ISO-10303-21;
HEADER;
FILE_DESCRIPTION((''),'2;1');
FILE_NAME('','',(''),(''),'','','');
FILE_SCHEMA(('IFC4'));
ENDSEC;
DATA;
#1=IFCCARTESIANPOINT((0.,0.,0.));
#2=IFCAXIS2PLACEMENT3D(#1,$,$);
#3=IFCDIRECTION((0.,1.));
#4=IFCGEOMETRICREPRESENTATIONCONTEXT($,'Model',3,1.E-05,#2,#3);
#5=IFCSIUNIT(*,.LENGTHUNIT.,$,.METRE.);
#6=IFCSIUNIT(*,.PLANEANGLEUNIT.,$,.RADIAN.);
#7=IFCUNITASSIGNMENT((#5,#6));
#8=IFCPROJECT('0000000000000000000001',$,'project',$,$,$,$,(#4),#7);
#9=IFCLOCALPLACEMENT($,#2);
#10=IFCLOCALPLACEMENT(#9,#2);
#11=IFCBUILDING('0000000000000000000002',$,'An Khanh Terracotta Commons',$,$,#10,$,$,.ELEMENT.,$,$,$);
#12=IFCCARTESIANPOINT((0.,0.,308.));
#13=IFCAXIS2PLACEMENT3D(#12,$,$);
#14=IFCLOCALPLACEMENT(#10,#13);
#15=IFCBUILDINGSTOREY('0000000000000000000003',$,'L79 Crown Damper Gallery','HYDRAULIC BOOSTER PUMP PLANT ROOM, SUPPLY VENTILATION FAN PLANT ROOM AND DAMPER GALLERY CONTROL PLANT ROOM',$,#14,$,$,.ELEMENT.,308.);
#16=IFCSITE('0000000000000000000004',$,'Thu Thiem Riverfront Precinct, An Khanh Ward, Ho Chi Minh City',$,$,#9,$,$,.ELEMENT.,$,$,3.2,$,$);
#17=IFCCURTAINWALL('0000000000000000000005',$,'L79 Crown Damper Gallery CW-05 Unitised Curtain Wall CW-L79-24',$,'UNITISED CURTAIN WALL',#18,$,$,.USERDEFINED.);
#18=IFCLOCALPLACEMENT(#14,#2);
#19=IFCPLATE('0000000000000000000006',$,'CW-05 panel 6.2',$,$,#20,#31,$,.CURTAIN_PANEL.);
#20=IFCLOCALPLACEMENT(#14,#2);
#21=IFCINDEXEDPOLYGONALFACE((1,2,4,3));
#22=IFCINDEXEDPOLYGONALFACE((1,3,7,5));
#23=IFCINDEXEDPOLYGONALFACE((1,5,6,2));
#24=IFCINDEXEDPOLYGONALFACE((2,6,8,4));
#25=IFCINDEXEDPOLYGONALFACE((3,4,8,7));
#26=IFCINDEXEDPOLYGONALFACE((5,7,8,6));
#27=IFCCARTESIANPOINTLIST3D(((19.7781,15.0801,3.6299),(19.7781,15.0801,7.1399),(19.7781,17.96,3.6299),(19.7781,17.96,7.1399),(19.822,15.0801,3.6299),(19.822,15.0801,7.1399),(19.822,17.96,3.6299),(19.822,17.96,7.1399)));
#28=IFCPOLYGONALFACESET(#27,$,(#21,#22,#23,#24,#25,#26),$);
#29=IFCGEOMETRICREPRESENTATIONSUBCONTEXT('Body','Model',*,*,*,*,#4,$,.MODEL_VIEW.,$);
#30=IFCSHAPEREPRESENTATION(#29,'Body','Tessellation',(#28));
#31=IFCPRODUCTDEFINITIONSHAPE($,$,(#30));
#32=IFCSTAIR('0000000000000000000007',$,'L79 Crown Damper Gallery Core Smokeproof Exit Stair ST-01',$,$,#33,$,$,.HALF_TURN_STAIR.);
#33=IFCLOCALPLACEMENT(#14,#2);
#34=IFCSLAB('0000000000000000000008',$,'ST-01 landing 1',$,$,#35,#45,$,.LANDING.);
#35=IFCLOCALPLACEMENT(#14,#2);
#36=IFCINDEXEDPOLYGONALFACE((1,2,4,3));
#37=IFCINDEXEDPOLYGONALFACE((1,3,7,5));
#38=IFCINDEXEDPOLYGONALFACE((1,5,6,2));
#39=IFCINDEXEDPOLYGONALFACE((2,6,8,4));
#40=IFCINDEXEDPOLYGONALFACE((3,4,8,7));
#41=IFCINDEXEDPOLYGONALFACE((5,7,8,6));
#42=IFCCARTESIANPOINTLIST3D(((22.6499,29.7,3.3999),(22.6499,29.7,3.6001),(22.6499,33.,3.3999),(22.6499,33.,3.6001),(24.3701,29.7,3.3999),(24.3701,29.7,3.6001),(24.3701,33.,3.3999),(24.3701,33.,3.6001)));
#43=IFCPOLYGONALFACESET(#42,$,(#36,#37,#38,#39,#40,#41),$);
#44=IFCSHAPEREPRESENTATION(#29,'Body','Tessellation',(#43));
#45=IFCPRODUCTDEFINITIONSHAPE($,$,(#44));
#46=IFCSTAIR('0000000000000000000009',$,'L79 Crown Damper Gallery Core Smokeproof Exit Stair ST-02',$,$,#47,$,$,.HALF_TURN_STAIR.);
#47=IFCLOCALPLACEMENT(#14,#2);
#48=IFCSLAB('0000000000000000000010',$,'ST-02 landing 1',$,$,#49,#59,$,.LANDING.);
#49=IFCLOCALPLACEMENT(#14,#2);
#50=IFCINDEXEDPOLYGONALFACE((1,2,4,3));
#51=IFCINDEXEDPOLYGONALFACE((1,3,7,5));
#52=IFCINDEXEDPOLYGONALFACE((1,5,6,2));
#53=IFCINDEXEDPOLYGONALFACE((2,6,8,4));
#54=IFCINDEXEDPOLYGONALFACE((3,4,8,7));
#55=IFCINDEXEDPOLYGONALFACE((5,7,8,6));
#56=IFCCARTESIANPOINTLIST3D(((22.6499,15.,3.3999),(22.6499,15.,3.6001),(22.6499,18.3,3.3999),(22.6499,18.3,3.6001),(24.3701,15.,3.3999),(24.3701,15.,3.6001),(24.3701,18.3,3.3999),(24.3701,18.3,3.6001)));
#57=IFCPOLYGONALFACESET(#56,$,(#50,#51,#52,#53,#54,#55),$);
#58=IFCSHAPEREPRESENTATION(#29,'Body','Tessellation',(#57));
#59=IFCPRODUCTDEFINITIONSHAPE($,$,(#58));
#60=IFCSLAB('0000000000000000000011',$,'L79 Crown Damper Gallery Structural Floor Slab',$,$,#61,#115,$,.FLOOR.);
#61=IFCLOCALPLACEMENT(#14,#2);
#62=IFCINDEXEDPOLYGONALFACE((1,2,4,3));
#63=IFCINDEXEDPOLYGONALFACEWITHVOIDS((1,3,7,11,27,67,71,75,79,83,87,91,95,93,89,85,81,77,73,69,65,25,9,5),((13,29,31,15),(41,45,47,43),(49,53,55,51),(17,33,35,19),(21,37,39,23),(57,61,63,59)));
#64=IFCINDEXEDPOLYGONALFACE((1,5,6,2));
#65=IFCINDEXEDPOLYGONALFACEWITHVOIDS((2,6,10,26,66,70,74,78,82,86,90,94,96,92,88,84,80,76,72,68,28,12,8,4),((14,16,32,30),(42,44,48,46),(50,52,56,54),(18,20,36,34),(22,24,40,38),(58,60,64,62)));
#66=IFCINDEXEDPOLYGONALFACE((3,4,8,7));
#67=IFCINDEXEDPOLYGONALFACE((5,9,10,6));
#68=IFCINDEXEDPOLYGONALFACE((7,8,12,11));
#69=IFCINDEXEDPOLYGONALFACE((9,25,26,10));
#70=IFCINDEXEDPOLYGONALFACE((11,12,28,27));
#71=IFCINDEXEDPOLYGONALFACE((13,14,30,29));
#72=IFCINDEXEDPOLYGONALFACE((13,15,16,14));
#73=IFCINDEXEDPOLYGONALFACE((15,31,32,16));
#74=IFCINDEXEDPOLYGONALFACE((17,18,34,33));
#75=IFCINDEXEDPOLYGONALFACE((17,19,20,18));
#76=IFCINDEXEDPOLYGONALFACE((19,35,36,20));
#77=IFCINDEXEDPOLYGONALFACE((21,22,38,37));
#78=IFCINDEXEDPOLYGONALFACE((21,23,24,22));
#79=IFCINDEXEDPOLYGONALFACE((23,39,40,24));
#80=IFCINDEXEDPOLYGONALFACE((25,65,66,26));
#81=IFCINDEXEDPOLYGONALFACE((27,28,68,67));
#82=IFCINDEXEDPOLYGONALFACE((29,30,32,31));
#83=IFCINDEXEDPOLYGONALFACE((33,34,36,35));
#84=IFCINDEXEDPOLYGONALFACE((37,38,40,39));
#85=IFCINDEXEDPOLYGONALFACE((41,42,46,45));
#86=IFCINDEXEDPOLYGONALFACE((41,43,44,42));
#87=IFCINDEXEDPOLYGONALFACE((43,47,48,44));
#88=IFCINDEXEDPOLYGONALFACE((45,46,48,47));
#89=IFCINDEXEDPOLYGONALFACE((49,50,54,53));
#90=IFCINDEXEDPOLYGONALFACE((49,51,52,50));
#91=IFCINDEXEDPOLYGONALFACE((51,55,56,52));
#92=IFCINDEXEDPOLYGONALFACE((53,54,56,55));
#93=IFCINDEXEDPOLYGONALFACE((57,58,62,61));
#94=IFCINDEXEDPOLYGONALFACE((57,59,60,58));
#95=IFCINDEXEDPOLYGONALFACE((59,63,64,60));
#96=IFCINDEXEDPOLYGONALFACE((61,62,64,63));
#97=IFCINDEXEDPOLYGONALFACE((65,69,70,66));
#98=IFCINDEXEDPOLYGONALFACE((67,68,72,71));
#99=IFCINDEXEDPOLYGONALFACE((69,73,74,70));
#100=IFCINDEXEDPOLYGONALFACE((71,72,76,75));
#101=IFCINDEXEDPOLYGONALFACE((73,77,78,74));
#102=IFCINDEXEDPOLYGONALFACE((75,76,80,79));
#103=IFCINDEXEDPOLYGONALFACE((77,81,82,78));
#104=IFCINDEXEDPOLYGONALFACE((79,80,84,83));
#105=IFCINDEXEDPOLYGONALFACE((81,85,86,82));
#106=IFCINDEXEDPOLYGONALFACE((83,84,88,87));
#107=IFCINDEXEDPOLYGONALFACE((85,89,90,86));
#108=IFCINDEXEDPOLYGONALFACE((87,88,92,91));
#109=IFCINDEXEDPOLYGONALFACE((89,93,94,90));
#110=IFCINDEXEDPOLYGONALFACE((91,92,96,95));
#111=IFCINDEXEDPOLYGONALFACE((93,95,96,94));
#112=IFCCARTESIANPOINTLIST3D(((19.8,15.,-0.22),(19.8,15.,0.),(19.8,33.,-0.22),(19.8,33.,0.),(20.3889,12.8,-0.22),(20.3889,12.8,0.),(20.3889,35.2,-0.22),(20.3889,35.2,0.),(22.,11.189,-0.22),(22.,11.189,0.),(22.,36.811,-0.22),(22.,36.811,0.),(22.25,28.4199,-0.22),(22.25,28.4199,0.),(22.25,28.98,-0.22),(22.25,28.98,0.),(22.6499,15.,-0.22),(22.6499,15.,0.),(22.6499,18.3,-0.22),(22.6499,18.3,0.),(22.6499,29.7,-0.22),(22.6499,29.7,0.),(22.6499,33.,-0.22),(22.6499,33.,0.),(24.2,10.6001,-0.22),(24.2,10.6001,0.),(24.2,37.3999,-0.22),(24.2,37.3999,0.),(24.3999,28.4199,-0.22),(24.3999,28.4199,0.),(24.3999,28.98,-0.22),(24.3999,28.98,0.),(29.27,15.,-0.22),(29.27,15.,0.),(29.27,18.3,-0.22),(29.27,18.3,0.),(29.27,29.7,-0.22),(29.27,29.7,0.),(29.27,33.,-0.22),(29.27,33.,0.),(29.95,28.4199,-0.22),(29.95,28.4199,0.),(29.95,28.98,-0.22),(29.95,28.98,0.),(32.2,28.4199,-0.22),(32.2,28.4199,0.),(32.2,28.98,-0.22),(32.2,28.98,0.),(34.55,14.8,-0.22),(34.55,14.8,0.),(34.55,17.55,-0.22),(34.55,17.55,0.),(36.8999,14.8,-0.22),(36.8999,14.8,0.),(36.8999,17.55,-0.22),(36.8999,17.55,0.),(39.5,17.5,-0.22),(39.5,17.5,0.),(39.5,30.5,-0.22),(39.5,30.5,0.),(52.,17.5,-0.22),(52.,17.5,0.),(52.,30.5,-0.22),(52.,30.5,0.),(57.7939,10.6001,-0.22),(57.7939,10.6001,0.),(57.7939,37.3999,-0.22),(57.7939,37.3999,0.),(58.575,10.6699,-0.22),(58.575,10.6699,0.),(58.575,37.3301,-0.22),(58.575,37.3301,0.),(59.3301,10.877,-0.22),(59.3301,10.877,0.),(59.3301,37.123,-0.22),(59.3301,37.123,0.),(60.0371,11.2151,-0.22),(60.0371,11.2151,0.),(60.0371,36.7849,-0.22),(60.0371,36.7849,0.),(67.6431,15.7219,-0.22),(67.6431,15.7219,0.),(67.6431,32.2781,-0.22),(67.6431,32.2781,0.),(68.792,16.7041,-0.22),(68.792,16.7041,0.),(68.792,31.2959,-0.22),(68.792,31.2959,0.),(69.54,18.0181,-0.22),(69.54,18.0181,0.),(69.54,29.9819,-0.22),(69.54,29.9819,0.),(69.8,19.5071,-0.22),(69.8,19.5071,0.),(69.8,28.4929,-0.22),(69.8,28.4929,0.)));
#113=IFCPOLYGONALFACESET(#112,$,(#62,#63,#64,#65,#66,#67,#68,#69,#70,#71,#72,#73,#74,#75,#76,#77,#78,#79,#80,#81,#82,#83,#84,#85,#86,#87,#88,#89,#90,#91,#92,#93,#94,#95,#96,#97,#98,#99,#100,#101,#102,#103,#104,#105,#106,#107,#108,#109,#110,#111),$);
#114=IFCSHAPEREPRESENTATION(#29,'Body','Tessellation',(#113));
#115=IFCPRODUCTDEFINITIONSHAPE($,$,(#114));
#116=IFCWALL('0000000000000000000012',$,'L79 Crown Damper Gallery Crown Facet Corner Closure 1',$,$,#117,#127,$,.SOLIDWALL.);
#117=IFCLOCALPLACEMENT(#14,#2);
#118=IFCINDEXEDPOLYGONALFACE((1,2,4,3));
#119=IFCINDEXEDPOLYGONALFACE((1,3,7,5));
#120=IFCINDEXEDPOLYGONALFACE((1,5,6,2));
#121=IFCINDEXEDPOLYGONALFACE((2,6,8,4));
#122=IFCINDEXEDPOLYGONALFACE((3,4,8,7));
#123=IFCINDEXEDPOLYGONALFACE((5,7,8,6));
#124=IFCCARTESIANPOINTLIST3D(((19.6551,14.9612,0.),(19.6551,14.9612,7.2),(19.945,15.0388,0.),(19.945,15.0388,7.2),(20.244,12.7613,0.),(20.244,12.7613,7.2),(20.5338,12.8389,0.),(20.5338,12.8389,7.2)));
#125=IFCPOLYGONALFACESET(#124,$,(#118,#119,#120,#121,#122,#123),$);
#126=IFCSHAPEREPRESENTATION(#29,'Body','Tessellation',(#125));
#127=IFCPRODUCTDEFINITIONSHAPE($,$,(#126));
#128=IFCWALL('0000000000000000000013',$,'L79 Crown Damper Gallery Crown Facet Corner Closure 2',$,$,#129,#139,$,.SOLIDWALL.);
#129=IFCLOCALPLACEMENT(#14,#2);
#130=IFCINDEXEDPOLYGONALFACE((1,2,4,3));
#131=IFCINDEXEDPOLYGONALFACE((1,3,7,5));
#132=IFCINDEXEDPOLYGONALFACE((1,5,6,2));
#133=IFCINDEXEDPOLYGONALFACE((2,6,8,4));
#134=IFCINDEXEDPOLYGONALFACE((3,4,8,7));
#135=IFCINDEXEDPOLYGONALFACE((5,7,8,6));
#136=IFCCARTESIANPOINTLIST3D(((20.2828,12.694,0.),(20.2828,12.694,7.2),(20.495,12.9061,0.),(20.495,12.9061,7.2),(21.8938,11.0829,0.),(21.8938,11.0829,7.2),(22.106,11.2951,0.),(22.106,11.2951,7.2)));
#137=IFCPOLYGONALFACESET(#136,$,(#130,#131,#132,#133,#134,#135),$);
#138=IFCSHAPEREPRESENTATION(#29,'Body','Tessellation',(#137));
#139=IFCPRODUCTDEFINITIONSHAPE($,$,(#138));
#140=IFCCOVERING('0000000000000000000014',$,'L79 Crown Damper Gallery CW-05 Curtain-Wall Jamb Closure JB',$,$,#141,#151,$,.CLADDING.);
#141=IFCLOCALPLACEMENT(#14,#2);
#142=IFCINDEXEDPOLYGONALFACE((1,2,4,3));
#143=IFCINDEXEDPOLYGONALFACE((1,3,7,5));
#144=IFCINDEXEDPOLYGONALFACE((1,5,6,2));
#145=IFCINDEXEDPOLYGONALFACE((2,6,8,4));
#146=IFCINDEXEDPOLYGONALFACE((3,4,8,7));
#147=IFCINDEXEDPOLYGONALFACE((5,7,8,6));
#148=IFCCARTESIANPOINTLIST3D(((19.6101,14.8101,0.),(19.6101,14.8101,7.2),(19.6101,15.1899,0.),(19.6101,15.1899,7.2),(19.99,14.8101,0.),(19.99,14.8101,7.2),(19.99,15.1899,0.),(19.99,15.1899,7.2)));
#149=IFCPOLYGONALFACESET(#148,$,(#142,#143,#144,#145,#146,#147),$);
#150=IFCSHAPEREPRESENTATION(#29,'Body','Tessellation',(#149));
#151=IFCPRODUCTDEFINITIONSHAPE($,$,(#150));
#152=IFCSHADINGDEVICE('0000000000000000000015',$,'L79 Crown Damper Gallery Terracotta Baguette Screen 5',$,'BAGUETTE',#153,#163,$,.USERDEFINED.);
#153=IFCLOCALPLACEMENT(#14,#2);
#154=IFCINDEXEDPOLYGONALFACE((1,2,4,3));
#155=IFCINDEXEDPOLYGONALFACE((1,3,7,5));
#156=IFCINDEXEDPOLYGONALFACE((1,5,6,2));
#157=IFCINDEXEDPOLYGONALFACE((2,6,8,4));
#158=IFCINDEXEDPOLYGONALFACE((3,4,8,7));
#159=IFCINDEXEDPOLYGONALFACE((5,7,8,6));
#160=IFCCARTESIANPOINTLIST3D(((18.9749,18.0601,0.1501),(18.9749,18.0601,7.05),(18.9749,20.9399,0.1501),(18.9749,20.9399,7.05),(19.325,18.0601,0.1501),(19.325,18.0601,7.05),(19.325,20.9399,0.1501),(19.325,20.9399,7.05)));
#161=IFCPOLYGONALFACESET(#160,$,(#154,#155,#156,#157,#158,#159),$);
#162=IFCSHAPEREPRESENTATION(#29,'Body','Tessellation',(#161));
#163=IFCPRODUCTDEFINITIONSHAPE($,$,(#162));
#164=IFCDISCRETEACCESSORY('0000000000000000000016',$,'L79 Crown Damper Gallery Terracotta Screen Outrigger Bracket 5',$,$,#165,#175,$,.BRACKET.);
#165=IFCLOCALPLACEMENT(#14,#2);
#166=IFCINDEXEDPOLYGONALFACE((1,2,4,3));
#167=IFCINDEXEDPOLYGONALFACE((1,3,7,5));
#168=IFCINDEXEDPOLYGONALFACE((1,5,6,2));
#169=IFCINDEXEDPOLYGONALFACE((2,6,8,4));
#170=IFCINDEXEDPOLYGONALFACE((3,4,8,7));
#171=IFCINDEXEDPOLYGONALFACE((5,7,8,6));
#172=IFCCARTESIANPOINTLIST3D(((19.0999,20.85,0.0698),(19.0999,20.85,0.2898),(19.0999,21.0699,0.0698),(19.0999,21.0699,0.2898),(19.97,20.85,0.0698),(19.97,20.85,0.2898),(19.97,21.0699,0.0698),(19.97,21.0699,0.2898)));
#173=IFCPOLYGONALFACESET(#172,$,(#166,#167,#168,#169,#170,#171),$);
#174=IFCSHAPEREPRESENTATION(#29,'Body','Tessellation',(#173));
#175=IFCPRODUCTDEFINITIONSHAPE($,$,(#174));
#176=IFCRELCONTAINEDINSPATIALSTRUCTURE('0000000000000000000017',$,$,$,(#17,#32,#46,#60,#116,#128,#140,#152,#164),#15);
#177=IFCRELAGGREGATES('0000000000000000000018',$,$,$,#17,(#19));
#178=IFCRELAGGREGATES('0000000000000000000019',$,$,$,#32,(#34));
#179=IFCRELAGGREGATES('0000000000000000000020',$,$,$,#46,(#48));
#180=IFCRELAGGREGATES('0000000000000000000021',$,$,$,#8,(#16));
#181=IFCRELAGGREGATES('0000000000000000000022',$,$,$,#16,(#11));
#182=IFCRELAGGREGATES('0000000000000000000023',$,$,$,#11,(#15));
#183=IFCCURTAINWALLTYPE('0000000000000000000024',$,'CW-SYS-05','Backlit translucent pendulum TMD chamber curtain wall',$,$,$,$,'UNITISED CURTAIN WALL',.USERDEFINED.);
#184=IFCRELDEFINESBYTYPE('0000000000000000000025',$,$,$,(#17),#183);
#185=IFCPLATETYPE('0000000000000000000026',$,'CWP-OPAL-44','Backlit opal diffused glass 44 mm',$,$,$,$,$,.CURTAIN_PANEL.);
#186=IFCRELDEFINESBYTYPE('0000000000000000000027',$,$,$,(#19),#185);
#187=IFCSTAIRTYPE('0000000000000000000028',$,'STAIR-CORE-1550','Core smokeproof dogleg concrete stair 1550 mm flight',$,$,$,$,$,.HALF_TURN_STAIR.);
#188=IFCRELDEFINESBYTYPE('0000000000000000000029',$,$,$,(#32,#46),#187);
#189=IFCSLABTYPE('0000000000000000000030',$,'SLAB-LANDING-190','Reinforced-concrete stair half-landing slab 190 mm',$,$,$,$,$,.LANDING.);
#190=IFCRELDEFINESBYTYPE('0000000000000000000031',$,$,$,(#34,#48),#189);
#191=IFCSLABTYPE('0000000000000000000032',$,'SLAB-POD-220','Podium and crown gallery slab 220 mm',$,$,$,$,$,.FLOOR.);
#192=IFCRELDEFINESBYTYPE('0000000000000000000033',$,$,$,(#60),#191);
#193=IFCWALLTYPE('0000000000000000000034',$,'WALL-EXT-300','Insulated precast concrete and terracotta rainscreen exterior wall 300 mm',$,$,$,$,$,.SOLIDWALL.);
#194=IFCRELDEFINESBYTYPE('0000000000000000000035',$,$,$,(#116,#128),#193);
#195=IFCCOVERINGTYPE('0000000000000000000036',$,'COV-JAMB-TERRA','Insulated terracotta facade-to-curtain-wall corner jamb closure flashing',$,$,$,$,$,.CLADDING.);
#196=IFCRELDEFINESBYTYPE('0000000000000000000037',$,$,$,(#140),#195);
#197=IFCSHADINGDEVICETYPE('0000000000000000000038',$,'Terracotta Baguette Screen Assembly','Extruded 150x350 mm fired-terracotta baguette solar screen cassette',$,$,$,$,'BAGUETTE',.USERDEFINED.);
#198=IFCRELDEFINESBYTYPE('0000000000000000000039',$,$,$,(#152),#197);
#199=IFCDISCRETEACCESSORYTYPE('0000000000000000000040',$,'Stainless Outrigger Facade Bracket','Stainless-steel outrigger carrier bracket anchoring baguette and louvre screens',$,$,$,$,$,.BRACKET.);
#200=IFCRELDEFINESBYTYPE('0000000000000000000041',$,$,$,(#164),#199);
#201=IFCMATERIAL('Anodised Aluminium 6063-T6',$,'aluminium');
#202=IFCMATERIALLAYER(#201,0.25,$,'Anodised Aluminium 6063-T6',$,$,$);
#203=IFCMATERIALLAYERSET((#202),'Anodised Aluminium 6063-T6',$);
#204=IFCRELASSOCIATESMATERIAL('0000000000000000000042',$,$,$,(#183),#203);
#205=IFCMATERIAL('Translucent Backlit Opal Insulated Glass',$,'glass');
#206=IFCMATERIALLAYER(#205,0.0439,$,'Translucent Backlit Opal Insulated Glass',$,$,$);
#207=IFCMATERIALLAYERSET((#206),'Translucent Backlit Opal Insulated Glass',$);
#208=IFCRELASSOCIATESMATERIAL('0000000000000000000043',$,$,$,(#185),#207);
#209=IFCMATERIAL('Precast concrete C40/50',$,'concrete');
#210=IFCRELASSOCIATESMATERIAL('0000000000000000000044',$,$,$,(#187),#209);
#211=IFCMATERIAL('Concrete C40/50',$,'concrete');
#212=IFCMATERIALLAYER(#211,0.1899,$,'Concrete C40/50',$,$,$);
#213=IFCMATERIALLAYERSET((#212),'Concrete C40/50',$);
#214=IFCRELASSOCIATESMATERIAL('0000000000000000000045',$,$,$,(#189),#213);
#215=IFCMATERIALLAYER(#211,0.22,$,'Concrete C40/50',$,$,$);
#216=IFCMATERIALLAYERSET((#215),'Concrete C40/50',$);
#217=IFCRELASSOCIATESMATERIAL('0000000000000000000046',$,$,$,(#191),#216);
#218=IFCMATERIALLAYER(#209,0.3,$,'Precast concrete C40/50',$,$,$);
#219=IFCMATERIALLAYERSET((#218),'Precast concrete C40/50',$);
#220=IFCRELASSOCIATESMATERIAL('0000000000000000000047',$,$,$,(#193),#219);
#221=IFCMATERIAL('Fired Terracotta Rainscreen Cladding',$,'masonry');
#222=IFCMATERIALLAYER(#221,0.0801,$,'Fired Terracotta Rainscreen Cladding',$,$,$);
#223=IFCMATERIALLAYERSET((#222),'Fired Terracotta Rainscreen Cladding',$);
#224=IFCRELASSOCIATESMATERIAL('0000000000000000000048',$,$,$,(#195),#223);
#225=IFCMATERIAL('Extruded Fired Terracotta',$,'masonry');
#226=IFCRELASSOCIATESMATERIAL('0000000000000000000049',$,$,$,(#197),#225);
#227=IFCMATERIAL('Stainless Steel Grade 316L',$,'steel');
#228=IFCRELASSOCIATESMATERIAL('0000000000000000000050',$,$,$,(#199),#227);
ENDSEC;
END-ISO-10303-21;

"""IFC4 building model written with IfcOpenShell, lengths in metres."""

from ifc_helpers import new_model, si_unit, direction, frame, frame_2d, origin, origin_2d, place, context, subcontext, project, spatial, polyline, rectangle, outline, extrude, material, layer, layer_set, type_object, element, aggregate, save


model = new_model("IFC4")

# Units and contexts
model_context = context("Model", 3, precision=1e-05, world=origin(), true_north=direction((0.0, 1.0)))
body_context = subcontext(model_context, "Body", "Model", "MODEL_VIEW")
ifc_project = project(units=[si_unit("LENGTHUNIT", "METRE"), si_unit("PLANEANGLEUNIT", "RADIAN")], contexts=[model_context])

# Site, building, storey
site_placement = place(None, origin())
site = spatial("IfcSite", under=ifc_project, at=site_placement, Name="Thu Thiem Riverfront Precinct, An Khanh Ward, Ho Chi Minh City", CompositionType="ELEMENT", RefElevation=3.2)
building_placement = place(site_placement, origin())
building = spatial("IfcBuilding", under=site, at=building_placement, Name="An Khanh Terracotta Commons", CompositionType="ELEMENT")
storey_placement = place(building_placement, frame((0.0, 0.0, 308.0)))
storey = spatial("IfcBuildingStorey", under=building, at=storey_placement, Name="L79 Crown Damper Gallery", Description="HYDRAULIC BOOSTER PUMP PLANT ROOM, SUPPLY VENTILATION FAN PLANT ROOM AND DAMPER GALLERY CONTROL PLANT ROOM", CompositionType="ELEMENT", Elevation=308.0)

# Curtain wall, plate
ifc_material_1 = material(Name="Anodised Aluminium 6063-T6", Category="aluminium")
ifc_layer_1 = layer(ifc_material_1, 0.25, Name="Anodised Aluminium 6063-T6")
ifc_layer_set_1 = layer_set([ifc_layer_1], Name="Anodised Aluminium 6063-T6")
curtain_wall_type = type_object("IfcCurtainWallType", Name="CW-SYS-05", Description="Backlit translucent pendulum TMD chamber curtain wall", ElementType="UNITISED CURTAIN WALL", PredefinedType="USERDEFINED", material=ifc_layer_set_1)
curtain_wall_placement = place(storey_placement, origin())
curtain_wall = element("IfcCurtainWall", 1, at=curtain_wall_placement, inside=storey, type_object=curtain_wall_type, Name="L79 Crown Damper Gallery CW-05 Unitised Curtain Wall CW-L79-24", ObjectType="UNITISED CURTAIN WALL", PredefinedType="USERDEFINED")
ifc_material_2 = material(Name="Translucent Backlit Opal Insulated Glass", Category="glass")
ifc_layer_2 = layer(ifc_material_2, 0.0439, Name="Translucent Backlit Opal Insulated Glass")
ifc_layer_set_2 = layer_set([ifc_layer_2], Name="Translucent Backlit Opal Insulated Glass")
plate_type = type_object("IfcPlateType", Name="CWP-OPAL-44", Description="Backlit opal diffused glass 44 mm", PredefinedType="CURTAIN_PANEL", material=ifc_layer_set_2)
plate_1_placement = place(storey_placement, frame((19.8, 16.52, 3.6299), z_axis=(0.0, 0.0, 1.0), x_axis=(0.0, -1.0, 0.0)))
plate_1 = element("IfcPlate", 2, at=plate_1_placement, type_object=plate_type, Name="CW-05 panel 6.2", PredefinedType="CURTAIN_PANEL", context=body_context, shape_type="SweptSolid", body=[
    extrude(rectangle(XDim=2.8799, YDim=0.0439, at=origin_2d()), origin(), (0.0, 0.0, 1.0), 3.51),
])
aggregate(curtain_wall, [plate_1])

# Stairs, slabs
ifc_material_3 = material(Name="Precast concrete C40/50", Category="concrete")
stair_type = type_object("IfcStairType", Name="STAIR-CORE-1550", Description="Core smokeproof dogleg concrete stair 1550 mm flight", PredefinedType="HALF_TURN_STAIR", material=ifc_material_3)
stair_1_placement = place(storey_placement, origin())
stair_1 = element("IfcStair", 3, at=stair_1_placement, inside=storey, type_object=stair_type, Name="L79 Crown Damper Gallery Core Smokeproof Exit Stair ST-01", PredefinedType="HALF_TURN_STAIR")
ifc_material_4 = material(Name="Concrete C40/50", Category="concrete")
ifc_layer_3 = layer(ifc_material_4, 0.1899, Name="Concrete C40/50")
ifc_layer_set_3 = layer_set([ifc_layer_3], Name="Concrete C40/50")
slab_type_1 = type_object("IfcSlabType", Name="SLAB-LANDING-190", Description="Reinforced-concrete stair half-landing slab 190 mm", PredefinedType="LANDING", material=ifc_layer_set_3)
slab_1_placement = place(storey_placement, frame((0.0, 0.0, 3.3999)))
slab_1 = element("IfcSlab", 4, at=slab_1_placement, type_object=slab_type_1, Name="ST-01 landing 1", PredefinedType="LANDING", context=body_context, shape_type="SweptSolid", body=[
    extrude(outline(polyline([(24.3701, 33.0), (22.6499, 33.0), (22.6499, 29.7), (24.3701, 29.7), (24.3701, 33.0)])), origin(), (0.0, 0.0, 1.0), 0.2002),
])
aggregate(stair_1, [slab_1])
stair_2_placement = place(storey_placement, origin())
stair_2 = element("IfcStair", 5, at=stair_2_placement, inside=storey, type_object=stair_type, Name="L79 Crown Damper Gallery Core Smokeproof Exit Stair ST-02", PredefinedType="HALF_TURN_STAIR")
slab_2_placement = place(storey_placement, frame((0.0, 0.0, 3.3999)))
slab_2 = element("IfcSlab", 6, at=slab_2_placement, type_object=slab_type_1, Name="ST-02 landing 1", PredefinedType="LANDING", context=body_context, shape_type="SweptSolid", body=[
    extrude(outline(polyline([(24.3701, 18.3), (22.6499, 18.3), (22.6499, 15.0), (24.3701, 15.0), (24.3701, 18.3)])), origin(), (0.0, 0.0, 1.0), 0.2002),
])
aggregate(stair_2, [slab_2])

# Slab
ifc_layer_4 = layer(ifc_material_4, 0.22, Name="Concrete C40/50")
ifc_layer_set_4 = layer_set([ifc_layer_4], Name="Concrete C40/50")
slab_type_2 = type_object("IfcSlabType", Name="SLAB-POD-220", Description="Podium and crown gallery slab 220 mm", PredefinedType="FLOOR", material=ifc_layer_set_4)
slab_3_placement = place(storey_placement, frame((0.0, 0.0, -0.22)))
element("IfcSlab", 7, at=slab_3_placement, inside=storey, type_object=slab_type_2, Name="L79 Crown Damper Gallery Structural Floor Slab", PredefinedType="FLOOR", context=body_context, shape_type="SweptSolid", body=[
    extrude(outline(polyline([(19.8, 15.0), (20.3889, 12.8), (22.0, 11.189), (24.2, 10.6001), (57.7939, 10.6001), (58.575, 10.6699), (59.3301, 10.877), (60.0371, 11.2151), (67.6431, 15.7219), (68.792, 16.7041), (69.54, 18.0181), (69.8, 19.5071), (69.8, 28.4929), (69.54, 29.9819), (68.792, 31.2959), (67.6431, 32.2781), (60.0371, 36.7849), (59.3301, 37.123), (58.575, 37.3301), (57.7939, 37.3999), (24.2, 37.3999), (22.0, 36.811), (20.3889, 35.2), (19.8, 33.0), (19.8, 15.0)]), holes=[polyline([(22.6499, 29.7), (29.27, 29.7), (29.27, 33.0), (22.6499, 33.0), (22.6499, 29.7)]), polyline([(22.6499, 15.0), (29.27, 15.0), (29.27, 18.3), (22.6499, 18.3), (22.6499, 15.0)]), polyline([(34.55, 14.8), (36.8999, 14.8), (36.8999, 17.55), (34.55, 17.55), (34.55, 14.8)]), polyline([(22.25, 28.4199), (24.3999, 28.4199), (24.3999, 28.98), (22.25, 28.98), (22.25, 28.4199)]), polyline([(29.95, 28.4199), (32.2, 28.4199), (32.2, 28.98), (29.95, 28.98), (29.95, 28.4199)]), polyline([(39.5, 17.5), (52.0, 17.5), (52.0, 30.5), (39.5, 30.5), (39.5, 17.5)])]), origin(), (0.0, 0.0, 1.0), 0.22),
])

# Walls
ifc_layer_5 = layer(ifc_material_3, 0.3, Name="Precast concrete C40/50")
ifc_layer_set_5 = layer_set([ifc_layer_5], Name="Precast concrete C40/50")
wall_type = type_object("IfcWallType", Name="WALL-EXT-300", Description="Insulated precast concrete and terracotta rainscreen exterior wall 300 mm", PredefinedType="SOLIDWALL", material=ifc_layer_set_5)
wall_1_placement = place(storey_placement, frame((19.8, 15.0, 0.0), z_axis=(0.0, 0.0, 1.0), x_axis=(0.25857, -0.965993, 0.0)))
element("IfcWall", 8, at=wall_1_placement, inside=storey, type_object=wall_type, Name="L79 Crown Damper Gallery Crown Facet Corner Closure 1", PredefinedType="SOLIDWALL", context=body_context, shape_type="SweptSolid", body=[
    extrude(rectangle(XDim=2.2773, YDim=0.3, at=frame_2d((1.1387, 0.0))), origin(), (0.0, 0.0, 1.0), 7.2),
])
wall_2_placement = place(storey_placement, frame((20.3889, 12.8, 0.0), z_axis=(0.0, 0.0, 1.0), x_axis=(0.707107, -0.707107, 0.0)))
element("IfcWall", 9, at=wall_2_placement, inside=storey, type_object=wall_type, Name="L79 Crown Damper Gallery Crown Facet Corner Closure 2", PredefinedType="SOLIDWALL", context=body_context, shape_type="SweptSolid", body=[
    extrude(rectangle(XDim=2.2783, YDim=0.3, at=frame_2d((1.1392, 0.0))), origin(), (0.0, 0.0, 1.0), 7.2),
])

# Covering
ifc_material_5 = material(Name="Fired Terracotta Rainscreen Cladding", Category="masonry")
ifc_layer_6 = layer(ifc_material_5, 0.0801, Name="Fired Terracotta Rainscreen Cladding")
ifc_layer_set_6 = layer_set([ifc_layer_6], Name="Fired Terracotta Rainscreen Cladding")
covering_type = type_object("IfcCoveringType", Name="COV-JAMB-TERRA", Description="Insulated terracotta facade-to-curtain-wall corner jamb closure flashing", PredefinedType="CLADDING", material=ifc_layer_set_6)
covering_placement = place(storey_placement, frame((19.8, 15.0, 0.0), z_axis=(0.0, 0.0, 1.0), x_axis=(1.0, 0.0, 0.0)))
element("IfcCovering", 10, at=covering_placement, inside=storey, type_object=covering_type, Name="L79 Crown Damper Gallery CW-05 Curtain-Wall Jamb Closure JB", PredefinedType="CLADDING", context=body_context, shape_type="SweptSolid", body=[
    extrude(rectangle(XDim=0.3799, YDim=0.3799, at=origin_2d()), origin(), (0.0, 0.0, 1.0), 7.2),
])

# Shading device
ifc_material_6 = material(Name="Extruded Fired Terracotta", Category="masonry")
shading_device_type = type_object("IfcShadingDeviceType", Name="Terracotta Baguette Screen Assembly", Description="Extruded 150x350 mm fired-terracotta baguette solar screen cassette", ElementType="BAGUETTE", PredefinedType="USERDEFINED", material=ifc_material_6)
shading_device_placement = place(storey_placement, frame((19.1499, 19.5, 0.1501), z_axis=(0.0, 0.0, 1.0), x_axis=(0.0, -1.0, 0.0)))
element("IfcShadingDevice", 11, at=shading_device_placement, inside=storey, type_object=shading_device_type, Name="L79 Crown Damper Gallery Terracotta Baguette Screen 5", ObjectType="BAGUETTE", PredefinedType="USERDEFINED", context=body_context, shape_type="SweptSolid", body=[
    extrude(rectangle(XDim=2.8799, YDim=0.3501, at=origin_2d()), origin(), (0.0, 0.0, 1.0), 6.8999),
])

# Discrete accessory
ifc_material_7 = material(Name="Stainless Steel Grade 316L", Category="steel")
discrete_accessory_type = type_object("IfcDiscreteAccessoryType", Name="Stainless Outrigger Facade Bracket", Description="Stainless-steel outrigger carrier bracket anchoring baguette and louvre screens", PredefinedType="BRACKET", material=ifc_material_7)
discrete_accessory_placement = place(storey_placement, frame((19.5349, 20.96, 0.0698), z_axis=(0.0, 0.0, 1.0), x_axis=(0.0, -1.0, 0.0)))
element("IfcDiscreteAccessory", 12, at=discrete_accessory_placement, inside=storey, type_object=discrete_accessory_type, Name="L79 Crown Damper Gallery Terracotta Screen Outrigger Bracket 5", PredefinedType="BRACKET", context=body_context, shape_type="SweptSolid", body=[
    extrude(rectangle(XDim=0.22, YDim=0.8701, at=origin_2d()), origin(), (0.0, 0.0, 1.0), 0.22),
])

save(model, "model.ifc")
